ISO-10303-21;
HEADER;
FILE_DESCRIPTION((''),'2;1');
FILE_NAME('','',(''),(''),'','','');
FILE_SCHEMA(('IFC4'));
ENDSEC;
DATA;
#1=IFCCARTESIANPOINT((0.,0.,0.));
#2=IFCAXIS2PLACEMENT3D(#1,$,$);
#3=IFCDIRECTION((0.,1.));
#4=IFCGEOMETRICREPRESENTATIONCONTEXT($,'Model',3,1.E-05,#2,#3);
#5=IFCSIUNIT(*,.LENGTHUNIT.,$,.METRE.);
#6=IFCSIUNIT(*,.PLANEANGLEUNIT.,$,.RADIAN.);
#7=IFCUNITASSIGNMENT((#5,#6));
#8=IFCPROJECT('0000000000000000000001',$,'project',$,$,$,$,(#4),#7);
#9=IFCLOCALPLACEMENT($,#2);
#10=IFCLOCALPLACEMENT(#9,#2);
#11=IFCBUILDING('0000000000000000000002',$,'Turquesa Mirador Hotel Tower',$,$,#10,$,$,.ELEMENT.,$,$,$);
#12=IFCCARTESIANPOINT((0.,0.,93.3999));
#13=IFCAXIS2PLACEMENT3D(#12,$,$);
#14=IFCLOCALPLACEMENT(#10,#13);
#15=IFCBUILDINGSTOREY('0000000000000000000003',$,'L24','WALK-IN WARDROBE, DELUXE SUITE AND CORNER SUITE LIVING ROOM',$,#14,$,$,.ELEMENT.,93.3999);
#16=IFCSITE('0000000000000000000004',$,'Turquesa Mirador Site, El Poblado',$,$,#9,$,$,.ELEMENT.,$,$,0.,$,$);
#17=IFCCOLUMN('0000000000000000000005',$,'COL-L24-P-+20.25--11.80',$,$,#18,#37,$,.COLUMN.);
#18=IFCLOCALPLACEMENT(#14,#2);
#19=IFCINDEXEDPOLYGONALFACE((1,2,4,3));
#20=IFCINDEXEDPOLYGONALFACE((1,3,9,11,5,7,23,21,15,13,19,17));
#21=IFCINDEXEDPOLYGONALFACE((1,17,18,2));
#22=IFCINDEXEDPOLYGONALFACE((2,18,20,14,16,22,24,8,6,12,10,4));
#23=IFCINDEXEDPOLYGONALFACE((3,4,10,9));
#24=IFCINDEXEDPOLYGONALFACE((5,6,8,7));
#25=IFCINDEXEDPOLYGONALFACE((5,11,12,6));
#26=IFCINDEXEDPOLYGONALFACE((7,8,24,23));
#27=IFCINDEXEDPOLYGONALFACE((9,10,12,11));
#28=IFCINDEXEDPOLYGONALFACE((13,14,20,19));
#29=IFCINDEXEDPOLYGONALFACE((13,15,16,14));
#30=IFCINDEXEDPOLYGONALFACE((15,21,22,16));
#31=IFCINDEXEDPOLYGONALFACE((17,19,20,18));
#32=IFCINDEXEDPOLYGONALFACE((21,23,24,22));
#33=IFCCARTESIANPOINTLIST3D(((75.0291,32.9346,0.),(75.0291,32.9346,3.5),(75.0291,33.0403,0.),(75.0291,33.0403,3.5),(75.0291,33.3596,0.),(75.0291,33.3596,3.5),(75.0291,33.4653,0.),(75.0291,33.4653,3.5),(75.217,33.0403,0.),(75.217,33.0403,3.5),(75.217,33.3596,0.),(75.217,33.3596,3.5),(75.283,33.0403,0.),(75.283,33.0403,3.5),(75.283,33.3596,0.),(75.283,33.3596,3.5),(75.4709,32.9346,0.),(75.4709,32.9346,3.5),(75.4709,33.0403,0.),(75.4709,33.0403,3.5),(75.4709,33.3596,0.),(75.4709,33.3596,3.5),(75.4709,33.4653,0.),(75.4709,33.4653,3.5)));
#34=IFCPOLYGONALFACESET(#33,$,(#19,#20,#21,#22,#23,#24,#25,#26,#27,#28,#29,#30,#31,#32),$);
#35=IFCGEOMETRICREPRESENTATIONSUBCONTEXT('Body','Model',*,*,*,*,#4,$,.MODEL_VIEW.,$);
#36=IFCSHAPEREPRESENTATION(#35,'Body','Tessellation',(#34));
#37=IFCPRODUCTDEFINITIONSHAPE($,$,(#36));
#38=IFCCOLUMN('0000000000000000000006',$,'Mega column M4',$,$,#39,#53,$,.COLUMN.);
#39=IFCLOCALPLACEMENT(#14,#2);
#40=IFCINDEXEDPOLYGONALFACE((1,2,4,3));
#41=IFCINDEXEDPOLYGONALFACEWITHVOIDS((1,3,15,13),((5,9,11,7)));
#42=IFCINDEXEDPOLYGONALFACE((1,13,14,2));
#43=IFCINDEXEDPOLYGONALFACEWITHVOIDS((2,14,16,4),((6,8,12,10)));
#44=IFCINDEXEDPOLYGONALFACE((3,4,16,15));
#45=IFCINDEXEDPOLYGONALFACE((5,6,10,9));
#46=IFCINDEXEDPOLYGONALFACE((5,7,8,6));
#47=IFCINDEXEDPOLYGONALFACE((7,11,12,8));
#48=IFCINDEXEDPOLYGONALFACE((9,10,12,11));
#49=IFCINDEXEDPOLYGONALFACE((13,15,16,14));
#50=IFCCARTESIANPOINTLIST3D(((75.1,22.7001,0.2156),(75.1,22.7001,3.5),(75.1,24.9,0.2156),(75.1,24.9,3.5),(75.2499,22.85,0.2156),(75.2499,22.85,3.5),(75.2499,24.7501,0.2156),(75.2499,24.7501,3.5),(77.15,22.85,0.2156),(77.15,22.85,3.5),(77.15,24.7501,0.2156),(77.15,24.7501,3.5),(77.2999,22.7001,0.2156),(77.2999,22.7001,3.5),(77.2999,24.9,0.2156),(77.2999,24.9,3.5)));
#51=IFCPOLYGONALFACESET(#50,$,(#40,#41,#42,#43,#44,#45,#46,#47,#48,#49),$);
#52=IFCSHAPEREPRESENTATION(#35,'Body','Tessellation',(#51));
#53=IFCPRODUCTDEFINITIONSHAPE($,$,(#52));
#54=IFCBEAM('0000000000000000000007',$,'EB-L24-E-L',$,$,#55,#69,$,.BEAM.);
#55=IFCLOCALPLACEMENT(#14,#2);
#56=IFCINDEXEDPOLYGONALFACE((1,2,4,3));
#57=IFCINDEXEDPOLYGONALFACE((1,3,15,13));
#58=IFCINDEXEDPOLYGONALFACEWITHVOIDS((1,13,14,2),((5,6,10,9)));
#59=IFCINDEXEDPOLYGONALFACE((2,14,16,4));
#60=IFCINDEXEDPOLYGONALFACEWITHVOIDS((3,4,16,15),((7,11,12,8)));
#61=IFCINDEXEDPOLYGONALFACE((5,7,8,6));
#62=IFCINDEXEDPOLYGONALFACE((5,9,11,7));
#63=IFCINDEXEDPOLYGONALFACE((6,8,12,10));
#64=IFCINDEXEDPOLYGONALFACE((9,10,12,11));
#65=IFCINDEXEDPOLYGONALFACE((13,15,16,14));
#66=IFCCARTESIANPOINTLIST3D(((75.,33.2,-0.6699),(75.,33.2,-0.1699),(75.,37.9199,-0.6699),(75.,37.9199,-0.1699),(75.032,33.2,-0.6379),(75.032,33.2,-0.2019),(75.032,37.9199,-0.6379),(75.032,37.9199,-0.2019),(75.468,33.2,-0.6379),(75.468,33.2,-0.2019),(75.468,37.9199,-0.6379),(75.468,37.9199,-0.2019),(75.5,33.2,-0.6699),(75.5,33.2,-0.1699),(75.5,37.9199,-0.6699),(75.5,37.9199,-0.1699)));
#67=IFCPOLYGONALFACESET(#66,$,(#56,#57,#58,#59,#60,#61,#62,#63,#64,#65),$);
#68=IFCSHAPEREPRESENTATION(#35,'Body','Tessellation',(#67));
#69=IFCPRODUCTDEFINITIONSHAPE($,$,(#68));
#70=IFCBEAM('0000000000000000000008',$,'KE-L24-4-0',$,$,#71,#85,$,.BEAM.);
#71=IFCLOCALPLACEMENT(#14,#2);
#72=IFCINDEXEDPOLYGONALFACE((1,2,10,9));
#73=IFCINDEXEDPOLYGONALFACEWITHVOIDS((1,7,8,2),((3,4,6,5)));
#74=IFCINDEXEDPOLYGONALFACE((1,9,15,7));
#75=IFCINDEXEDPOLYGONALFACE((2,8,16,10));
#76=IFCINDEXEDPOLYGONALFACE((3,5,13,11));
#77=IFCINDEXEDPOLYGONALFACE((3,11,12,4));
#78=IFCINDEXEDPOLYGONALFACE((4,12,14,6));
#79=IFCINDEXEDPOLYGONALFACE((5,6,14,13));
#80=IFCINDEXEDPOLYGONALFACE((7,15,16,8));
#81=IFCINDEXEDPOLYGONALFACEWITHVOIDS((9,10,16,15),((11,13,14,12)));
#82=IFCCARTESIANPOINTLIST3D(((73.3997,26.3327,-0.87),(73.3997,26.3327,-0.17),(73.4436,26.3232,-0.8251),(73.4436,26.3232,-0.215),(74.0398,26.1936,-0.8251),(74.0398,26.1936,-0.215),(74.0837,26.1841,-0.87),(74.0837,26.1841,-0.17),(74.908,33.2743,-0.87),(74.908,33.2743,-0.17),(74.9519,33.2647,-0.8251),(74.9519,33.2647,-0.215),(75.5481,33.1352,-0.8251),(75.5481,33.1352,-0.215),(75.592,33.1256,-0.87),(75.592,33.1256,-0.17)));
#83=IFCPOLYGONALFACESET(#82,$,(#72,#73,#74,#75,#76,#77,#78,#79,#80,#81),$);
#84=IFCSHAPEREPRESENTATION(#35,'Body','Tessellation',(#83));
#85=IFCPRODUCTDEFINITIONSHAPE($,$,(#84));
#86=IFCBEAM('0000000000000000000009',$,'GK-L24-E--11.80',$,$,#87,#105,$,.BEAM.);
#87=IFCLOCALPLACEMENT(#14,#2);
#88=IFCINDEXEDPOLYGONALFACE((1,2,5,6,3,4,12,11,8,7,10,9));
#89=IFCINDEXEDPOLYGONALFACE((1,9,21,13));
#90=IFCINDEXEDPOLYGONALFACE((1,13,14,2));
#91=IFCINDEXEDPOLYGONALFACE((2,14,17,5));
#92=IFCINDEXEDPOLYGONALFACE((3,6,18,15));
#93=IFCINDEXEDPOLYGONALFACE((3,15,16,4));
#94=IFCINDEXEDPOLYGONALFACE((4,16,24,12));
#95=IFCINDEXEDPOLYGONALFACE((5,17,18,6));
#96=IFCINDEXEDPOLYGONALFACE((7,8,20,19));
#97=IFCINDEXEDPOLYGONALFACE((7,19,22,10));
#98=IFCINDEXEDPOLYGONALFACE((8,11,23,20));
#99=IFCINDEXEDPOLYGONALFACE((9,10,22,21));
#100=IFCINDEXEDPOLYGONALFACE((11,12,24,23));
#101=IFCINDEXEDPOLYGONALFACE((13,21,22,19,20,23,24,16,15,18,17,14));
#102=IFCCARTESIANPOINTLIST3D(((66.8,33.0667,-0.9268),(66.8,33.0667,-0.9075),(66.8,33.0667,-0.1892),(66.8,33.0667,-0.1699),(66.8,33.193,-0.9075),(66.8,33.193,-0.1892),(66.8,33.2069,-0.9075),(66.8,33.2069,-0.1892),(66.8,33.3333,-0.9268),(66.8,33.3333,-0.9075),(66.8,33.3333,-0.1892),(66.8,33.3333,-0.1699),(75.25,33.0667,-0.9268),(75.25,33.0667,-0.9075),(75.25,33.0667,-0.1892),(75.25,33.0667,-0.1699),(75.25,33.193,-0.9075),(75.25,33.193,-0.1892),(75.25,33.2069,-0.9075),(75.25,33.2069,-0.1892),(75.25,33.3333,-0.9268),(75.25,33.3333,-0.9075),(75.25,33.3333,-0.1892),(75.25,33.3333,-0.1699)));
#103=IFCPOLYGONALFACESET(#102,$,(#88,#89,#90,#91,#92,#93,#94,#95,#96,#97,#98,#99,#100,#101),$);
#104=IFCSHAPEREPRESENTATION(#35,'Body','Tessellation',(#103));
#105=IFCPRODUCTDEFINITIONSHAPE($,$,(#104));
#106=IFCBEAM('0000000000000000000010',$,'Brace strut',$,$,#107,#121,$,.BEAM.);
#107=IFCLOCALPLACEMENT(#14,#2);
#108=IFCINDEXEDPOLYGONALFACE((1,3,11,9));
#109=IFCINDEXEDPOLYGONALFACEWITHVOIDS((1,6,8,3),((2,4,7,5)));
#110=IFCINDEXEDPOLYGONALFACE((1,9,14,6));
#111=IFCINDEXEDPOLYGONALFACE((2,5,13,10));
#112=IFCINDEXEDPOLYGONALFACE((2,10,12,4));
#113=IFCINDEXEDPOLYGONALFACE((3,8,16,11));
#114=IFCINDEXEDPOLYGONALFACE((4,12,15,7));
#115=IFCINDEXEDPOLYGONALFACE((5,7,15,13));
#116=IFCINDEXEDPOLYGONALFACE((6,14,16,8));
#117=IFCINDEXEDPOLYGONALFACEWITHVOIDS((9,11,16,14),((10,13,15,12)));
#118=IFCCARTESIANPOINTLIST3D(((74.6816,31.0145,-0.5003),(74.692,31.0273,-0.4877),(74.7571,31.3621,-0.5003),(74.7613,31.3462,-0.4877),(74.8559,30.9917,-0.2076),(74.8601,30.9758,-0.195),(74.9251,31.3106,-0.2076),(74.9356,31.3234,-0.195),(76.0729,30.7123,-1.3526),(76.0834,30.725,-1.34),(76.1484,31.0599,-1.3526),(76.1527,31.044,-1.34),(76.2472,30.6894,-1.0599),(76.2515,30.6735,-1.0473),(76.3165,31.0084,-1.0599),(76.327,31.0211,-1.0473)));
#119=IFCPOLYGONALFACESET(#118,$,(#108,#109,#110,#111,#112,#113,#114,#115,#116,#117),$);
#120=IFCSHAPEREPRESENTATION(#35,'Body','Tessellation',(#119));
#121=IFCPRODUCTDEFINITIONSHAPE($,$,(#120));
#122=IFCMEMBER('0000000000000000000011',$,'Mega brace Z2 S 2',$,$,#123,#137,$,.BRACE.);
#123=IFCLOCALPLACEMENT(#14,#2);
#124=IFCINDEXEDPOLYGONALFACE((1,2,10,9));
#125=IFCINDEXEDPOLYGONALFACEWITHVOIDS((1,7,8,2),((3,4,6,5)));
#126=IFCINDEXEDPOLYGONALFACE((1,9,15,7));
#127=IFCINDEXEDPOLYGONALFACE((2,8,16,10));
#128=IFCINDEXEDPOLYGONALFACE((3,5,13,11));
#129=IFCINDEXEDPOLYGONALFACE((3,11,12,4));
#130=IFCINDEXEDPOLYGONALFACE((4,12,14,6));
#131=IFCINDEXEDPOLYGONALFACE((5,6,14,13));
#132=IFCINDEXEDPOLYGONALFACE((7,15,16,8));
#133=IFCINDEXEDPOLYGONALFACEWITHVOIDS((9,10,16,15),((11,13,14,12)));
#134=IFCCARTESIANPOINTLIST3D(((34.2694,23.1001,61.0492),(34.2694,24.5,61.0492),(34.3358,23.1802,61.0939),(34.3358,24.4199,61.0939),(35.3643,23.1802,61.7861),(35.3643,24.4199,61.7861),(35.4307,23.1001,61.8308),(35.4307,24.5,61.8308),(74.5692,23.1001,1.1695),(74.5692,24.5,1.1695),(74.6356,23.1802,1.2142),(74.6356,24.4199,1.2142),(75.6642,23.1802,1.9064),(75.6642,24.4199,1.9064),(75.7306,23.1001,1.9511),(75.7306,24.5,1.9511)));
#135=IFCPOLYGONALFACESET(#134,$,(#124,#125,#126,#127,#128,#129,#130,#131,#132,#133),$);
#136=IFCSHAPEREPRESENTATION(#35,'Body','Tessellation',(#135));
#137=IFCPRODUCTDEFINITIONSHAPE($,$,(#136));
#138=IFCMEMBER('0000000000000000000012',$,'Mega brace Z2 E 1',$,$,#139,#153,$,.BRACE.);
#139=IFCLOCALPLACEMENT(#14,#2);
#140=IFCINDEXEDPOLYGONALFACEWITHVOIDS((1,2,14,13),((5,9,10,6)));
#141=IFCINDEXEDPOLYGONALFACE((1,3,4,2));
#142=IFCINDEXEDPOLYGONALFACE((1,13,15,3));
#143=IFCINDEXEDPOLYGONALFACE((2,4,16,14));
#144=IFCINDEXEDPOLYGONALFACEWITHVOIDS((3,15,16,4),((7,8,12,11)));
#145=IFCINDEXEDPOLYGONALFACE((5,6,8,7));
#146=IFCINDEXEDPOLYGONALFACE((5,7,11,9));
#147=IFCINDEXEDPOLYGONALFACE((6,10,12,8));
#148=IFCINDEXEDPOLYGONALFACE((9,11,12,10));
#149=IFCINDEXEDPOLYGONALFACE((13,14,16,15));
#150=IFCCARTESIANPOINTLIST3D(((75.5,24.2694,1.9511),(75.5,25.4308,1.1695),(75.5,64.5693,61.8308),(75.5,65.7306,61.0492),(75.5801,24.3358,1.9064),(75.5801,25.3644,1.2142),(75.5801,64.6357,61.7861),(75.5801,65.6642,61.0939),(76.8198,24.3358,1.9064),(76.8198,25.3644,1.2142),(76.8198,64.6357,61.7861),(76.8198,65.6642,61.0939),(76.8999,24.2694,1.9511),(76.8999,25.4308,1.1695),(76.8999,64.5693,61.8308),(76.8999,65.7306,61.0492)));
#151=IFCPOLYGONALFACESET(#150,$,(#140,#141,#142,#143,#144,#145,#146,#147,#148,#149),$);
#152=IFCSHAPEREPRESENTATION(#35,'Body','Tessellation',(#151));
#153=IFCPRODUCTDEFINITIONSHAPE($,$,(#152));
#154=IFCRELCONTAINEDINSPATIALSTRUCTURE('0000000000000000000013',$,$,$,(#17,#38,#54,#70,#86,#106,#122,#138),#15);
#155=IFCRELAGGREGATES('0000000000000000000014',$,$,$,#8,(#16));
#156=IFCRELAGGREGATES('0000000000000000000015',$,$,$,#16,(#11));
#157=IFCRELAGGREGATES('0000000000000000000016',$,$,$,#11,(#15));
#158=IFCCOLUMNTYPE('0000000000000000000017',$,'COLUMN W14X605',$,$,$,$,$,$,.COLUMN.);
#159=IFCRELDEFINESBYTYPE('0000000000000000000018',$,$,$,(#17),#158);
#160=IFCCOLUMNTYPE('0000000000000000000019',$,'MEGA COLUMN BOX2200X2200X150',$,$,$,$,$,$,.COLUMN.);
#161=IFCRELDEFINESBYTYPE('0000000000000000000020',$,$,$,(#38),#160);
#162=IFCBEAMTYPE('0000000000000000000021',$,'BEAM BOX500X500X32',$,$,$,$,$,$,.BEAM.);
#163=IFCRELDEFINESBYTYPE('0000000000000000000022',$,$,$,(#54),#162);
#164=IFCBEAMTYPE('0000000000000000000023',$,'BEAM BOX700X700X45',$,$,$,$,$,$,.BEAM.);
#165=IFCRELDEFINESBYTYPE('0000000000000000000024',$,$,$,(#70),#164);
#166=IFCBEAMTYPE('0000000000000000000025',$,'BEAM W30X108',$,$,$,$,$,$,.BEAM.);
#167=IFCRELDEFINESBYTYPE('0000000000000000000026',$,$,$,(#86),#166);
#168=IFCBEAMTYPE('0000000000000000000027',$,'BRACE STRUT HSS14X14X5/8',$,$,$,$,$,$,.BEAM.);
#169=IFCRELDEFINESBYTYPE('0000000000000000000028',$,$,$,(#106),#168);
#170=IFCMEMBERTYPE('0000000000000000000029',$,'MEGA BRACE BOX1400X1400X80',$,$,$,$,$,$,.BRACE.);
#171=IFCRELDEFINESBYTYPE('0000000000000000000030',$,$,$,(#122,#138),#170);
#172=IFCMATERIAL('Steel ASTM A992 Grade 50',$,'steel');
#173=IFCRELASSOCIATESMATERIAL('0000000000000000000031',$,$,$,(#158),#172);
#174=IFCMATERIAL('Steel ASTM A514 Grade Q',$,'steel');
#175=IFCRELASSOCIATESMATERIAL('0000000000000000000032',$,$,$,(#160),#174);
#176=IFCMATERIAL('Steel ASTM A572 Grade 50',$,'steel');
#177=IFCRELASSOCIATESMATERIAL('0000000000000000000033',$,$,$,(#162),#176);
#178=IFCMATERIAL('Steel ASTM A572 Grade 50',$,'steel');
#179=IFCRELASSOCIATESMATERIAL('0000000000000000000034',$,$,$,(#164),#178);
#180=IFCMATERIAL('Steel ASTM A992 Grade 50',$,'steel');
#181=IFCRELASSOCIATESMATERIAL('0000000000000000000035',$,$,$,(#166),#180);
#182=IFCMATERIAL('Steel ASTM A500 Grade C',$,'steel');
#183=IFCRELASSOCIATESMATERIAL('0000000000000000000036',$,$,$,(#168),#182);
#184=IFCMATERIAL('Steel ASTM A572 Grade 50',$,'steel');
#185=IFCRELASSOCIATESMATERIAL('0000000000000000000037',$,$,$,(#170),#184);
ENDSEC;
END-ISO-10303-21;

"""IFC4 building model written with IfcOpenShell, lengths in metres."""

from ifc_helpers import new_model, si_unit, direction, frame, origin, origin_2d, place, context, subcontext, project, spatial, hollow_rectangle, i_section, extrude, clip, halfspace, material, material_profile, profile_set, type_object, element, save


model = new_model("IFC4")

# Units and contexts
model_context = context("Model", 3, precision=1e-05, world=origin(), true_north=direction((0.0, 1.0)))
body_context = subcontext(model_context, "Body", "Model", "MODEL_VIEW")
ifc_project = project(units=[si_unit("LENGTHUNIT", "METRE"), si_unit("PLANEANGLEUNIT", "RADIAN")], contexts=[model_context])

# Site, building, storey
site_placement = place(None, origin())
site = spatial("IfcSite", under=ifc_project, at=site_placement, Name="Turquesa Mirador Site, El Poblado", CompositionType="ELEMENT", RefElevation=0.0)
building_placement = place(site_placement, origin())
building = spatial("IfcBuilding", under=site, at=building_placement, Name="Turquesa Mirador Hotel Tower", CompositionType="ELEMENT")
storey_placement = place(building_placement, frame((0.0, 0.0, 93.3999)))
storey = spatial("IfcBuildingStorey", under=building, at=storey_placement, Name="L24", Description="WALK-IN WARDROBE, DELUXE SUITE AND CORNER SUITE LIVING ROOM", CompositionType="ELEMENT", Elevation=93.3999)

# Columns
ifc_material_1 = material(Name="Steel ASTM A992 Grade 50", Category="steel")
ifc_material_profile_1 = material_profile(ifc_material_1, i_section(OverallWidth=0.4419, OverallDepth=0.5308, WebThickness=0.0659, FlangeThickness=0.1057, at=origin_2d()), Name="W14X605")
ifc_profile_set_1 = profile_set([ifc_material_profile_1], Name="Steel ASTM A992 Grade 50")
column_type_1 = type_object("IfcColumnType", Name="COLUMN W14X605", PredefinedType="COLUMN", material=ifc_profile_set_1)
column_1_placement = place(storey_placement, frame((75.25, 33.2, 0.0), z_axis=(0.0, 0.0, 1.0), x_axis=(1.0, 0.0, 0.0)))
element("IfcColumn", 1, at=column_1_placement, inside=storey, type_object=column_type_1, Name="COL-L24-P-+20.25--11.80", PredefinedType="COLUMN", context=body_context, shape_type="SweptSolid", body=[
    extrude(i_section(OverallWidth=0.4419, OverallDepth=0.5308, WebThickness=0.0659, FlangeThickness=0.1057, at=origin_2d()), origin(), (0.0, 0.0, 1.0), 3.5),
])
ifc_material_2 = material(Name="Steel ASTM A514 Grade Q", Category="steel")
ifc_material_profile_2 = material_profile(ifc_material_2, hollow_rectangle(XDim=2.2, YDim=2.2, WallThickness=0.1499, at=origin_2d()), Name="BOX2200X2200X150")
ifc_profile_set_2 = profile_set([ifc_material_profile_2], Name="Steel ASTM A514 Grade Q")
column_type_2 = type_object("IfcColumnType", Name="MEGA COLUMN BOX2200X2200X150", PredefinedType="COLUMN", material=ifc_profile_set_2)
column_2_placement = place(storey_placement, frame((76.2, 23.8, 0.0), z_axis=(0.0, 0.0, 1.0), x_axis=(1.0, 0.0, 0.0)))
element("IfcColumn", 2, at=column_2_placement, inside=storey, type_object=column_type_2, Name="Mega column M4", PredefinedType="COLUMN", context=body_context, shape_type="Clipping", body=[
    clip(extrude(hollow_rectangle(XDim=2.2, YDim=2.2, WallThickness=0.1499, at=origin_2d()), origin(), (0.0, 0.0, 1.0), 3.5), halfspace(frame((0.0, 0.0, 0.2156), z_axis=(0.0, 0.0, -1.0), x_axis=(1.0, 0.0, 0.0)), False)),
])

# Beams
ifc_material_3 = material(Name="Steel ASTM A572 Grade 50", Category="steel")
ifc_material_profile_3 = material_profile(ifc_material_3, hollow_rectangle(XDim=0.5, YDim=0.5, WallThickness=0.032, at=origin_2d()), Name="BOX500X500X32")
ifc_profile_set_3 = profile_set([ifc_material_profile_3], Name="Steel ASTM A572 Grade 50")
beam_type_1 = type_object("IfcBeamType", Name="BEAM BOX500X500X32", PredefinedType="BEAM", material=ifc_profile_set_3)
beam_1_placement = place(storey_placement, frame((75.25, 33.2, -0.4199), z_axis=(0.0, 1.0, 0.0), x_axis=(-1.0, 0.0, 0.0)))
element("IfcBeam", 3, at=beam_1_placement, inside=storey, type_object=beam_type_1, Name="EB-L24-E-L", PredefinedType="BEAM", context=body_context, shape_type="SweptSolid", body=[
    extrude(hollow_rectangle(XDim=0.5, YDim=0.5, WallThickness=0.032, at=origin_2d()), origin(), (0.0, 0.0, 1.0), 4.72),
])
ifc_material_4 = material(Name="Steel ASTM A572 Grade 50", Category="steel")
ifc_material_profile_4 = material_profile(ifc_material_4, hollow_rectangle(XDim=0.7, YDim=0.7, WallThickness=0.0449, at=origin_2d()), Name="BOX700X700X45")
ifc_profile_set_4 = profile_set([ifc_material_profile_4], Name="Steel ASTM A572 Grade 50")
beam_type_2 = type_object("IfcBeamType", Name="BEAM BOX700X700X45", PredefinedType="BEAM", material=ifc_profile_set_4)
beam_2_placement = place(storey_placement, frame((75.25, 33.2, -0.52), z_axis=(-0.212328, -0.977198, 0.0), x_axis=(0.977198, -0.212328, 0.0)))
element("IfcBeam", 4, at=beam_2_placement, inside=storey, type_object=beam_type_2, Name="KE-L24-4-0", PredefinedType="BEAM", context=body_context, shape_type="SweptSolid", body=[
    extrude(hollow_rectangle(XDim=0.7, YDim=0.7, WallThickness=0.0449, at=origin_2d()), origin(), (0.0, 0.0, 1.0), 7.1035),
])
ifc_material_5 = material(Name="Steel ASTM A992 Grade 50", Category="steel")
ifc_material_profile_5 = material_profile(ifc_material_5, i_section(OverallWidth=0.2666, OverallDepth=0.7568, WebThickness=0.0139, FlangeThickness=0.0193, at=origin_2d()), Name="W30X108")
ifc_profile_set_5 = profile_set([ifc_material_profile_5], Name="Steel ASTM A992 Grade 50")
beam_type_3 = type_object("IfcBeamType", Name="BEAM W30X108", PredefinedType="BEAM", material=ifc_profile_set_5)
beam_3_placement = place(storey_placement, frame((75.25, 33.2, -0.5483), z_axis=(-1.0, 0.0, 0.0), x_axis=(0.0, -1.0, 0.0)))
element("IfcBeam", 5, at=beam_3_placement, inside=storey, type_object=beam_type_3, Name="GK-L24-E--11.80", PredefinedType="BEAM", context=body_context, shape_type="SweptSolid", body=[
    extrude(i_section(OverallWidth=0.2666, OverallDepth=0.7568, WebThickness=0.0139, FlangeThickness=0.0193, at=origin_2d()), origin(), (0.0, 0.0, 1.0), 8.45),
])
ifc_material_6 = material(Name="Steel ASTM A500 Grade C", Category="steel")
ifc_material_profile_6 = material_profile(ifc_material_6, hollow_rectangle(XDim=0.3557, YDim=0.3557, WallThickness=0.0146, at=origin_2d()), Name="HSS14X14X5/8")
ifc_profile_set_6 = profile_set([ifc_material_profile_6], Name="Steel ASTM A500 Grade C")
beam_type_4 = type_object("IfcBeamType", Name="BRACE STRUT HSS14X14X5/8", PredefinedType="BEAM", material=ifc_profile_set_6)
beam_4_placement = place(storey_placement, frame((76.2, 30.8667, -1.2), z_axis=(-0.838466, 0.182141, 0.513614), x_axis=(-0.21228, -0.977209, 0.0)))
element("IfcBeam", 6, at=beam_4_placement, inside=storey, type_object=beam_type_4, Name="Brace strut", PredefinedType="BEAM", context=body_context, shape_type="SweptSolid", body=[
    extrude(hollow_rectangle(XDim=0.3557, YDim=0.3557, WallThickness=0.0146, at=origin_2d()), origin(), (0.0, 0.0, 1.0), 1.6594),
])

# Members
ifc_material_7 = material(Name="Steel ASTM A572 Grade 50", Category="steel")
ifc_material_profile_7 = material_profile(ifc_material_7, hollow_rectangle(XDim=1.3999, YDim=1.3999, WallThickness=0.0801, at=origin_2d()), Name="BOX1400X1400X80")
ifc_profile_set_7 = profile_set([ifc_material_profile_7], Name="Steel ASTM A572 Grade 50")
member_type = type_object("IfcMemberType", Name="MEGA BRACE BOX1400X1400X80", PredefinedType="BRACE", material=ifc_profile_set_7)
for number, where, z_axis, x_axis, name in (
    (7, (75.1499, 23.8, 1.5603), (-0.55834, 0.0, 0.829612), (0.0, -1.0, 0.0), "Mega brace Z2 S 2"),
    (8, (76.2, 24.8501, 1.5603), (0.0, 0.55834, 0.829612), (-1.0, 0.0, 0.0), "Mega brace Z2 E 1"),
):
    element("IfcMember", number, at=place(storey_placement, frame(where, z_axis=z_axis, x_axis=x_axis)), inside=storey, type_object=member_type, Name=name, PredefinedType="BRACE", context=body_context, shape_type="SweptSolid", body=[
        extrude(hollow_rectangle(XDim=1.3999, YDim=1.3999, WallThickness=0.0801, at=origin_2d()), origin(), (0.0, 0.0, 1.0), 72.178),
    ])

save(model, "model.ifc")
